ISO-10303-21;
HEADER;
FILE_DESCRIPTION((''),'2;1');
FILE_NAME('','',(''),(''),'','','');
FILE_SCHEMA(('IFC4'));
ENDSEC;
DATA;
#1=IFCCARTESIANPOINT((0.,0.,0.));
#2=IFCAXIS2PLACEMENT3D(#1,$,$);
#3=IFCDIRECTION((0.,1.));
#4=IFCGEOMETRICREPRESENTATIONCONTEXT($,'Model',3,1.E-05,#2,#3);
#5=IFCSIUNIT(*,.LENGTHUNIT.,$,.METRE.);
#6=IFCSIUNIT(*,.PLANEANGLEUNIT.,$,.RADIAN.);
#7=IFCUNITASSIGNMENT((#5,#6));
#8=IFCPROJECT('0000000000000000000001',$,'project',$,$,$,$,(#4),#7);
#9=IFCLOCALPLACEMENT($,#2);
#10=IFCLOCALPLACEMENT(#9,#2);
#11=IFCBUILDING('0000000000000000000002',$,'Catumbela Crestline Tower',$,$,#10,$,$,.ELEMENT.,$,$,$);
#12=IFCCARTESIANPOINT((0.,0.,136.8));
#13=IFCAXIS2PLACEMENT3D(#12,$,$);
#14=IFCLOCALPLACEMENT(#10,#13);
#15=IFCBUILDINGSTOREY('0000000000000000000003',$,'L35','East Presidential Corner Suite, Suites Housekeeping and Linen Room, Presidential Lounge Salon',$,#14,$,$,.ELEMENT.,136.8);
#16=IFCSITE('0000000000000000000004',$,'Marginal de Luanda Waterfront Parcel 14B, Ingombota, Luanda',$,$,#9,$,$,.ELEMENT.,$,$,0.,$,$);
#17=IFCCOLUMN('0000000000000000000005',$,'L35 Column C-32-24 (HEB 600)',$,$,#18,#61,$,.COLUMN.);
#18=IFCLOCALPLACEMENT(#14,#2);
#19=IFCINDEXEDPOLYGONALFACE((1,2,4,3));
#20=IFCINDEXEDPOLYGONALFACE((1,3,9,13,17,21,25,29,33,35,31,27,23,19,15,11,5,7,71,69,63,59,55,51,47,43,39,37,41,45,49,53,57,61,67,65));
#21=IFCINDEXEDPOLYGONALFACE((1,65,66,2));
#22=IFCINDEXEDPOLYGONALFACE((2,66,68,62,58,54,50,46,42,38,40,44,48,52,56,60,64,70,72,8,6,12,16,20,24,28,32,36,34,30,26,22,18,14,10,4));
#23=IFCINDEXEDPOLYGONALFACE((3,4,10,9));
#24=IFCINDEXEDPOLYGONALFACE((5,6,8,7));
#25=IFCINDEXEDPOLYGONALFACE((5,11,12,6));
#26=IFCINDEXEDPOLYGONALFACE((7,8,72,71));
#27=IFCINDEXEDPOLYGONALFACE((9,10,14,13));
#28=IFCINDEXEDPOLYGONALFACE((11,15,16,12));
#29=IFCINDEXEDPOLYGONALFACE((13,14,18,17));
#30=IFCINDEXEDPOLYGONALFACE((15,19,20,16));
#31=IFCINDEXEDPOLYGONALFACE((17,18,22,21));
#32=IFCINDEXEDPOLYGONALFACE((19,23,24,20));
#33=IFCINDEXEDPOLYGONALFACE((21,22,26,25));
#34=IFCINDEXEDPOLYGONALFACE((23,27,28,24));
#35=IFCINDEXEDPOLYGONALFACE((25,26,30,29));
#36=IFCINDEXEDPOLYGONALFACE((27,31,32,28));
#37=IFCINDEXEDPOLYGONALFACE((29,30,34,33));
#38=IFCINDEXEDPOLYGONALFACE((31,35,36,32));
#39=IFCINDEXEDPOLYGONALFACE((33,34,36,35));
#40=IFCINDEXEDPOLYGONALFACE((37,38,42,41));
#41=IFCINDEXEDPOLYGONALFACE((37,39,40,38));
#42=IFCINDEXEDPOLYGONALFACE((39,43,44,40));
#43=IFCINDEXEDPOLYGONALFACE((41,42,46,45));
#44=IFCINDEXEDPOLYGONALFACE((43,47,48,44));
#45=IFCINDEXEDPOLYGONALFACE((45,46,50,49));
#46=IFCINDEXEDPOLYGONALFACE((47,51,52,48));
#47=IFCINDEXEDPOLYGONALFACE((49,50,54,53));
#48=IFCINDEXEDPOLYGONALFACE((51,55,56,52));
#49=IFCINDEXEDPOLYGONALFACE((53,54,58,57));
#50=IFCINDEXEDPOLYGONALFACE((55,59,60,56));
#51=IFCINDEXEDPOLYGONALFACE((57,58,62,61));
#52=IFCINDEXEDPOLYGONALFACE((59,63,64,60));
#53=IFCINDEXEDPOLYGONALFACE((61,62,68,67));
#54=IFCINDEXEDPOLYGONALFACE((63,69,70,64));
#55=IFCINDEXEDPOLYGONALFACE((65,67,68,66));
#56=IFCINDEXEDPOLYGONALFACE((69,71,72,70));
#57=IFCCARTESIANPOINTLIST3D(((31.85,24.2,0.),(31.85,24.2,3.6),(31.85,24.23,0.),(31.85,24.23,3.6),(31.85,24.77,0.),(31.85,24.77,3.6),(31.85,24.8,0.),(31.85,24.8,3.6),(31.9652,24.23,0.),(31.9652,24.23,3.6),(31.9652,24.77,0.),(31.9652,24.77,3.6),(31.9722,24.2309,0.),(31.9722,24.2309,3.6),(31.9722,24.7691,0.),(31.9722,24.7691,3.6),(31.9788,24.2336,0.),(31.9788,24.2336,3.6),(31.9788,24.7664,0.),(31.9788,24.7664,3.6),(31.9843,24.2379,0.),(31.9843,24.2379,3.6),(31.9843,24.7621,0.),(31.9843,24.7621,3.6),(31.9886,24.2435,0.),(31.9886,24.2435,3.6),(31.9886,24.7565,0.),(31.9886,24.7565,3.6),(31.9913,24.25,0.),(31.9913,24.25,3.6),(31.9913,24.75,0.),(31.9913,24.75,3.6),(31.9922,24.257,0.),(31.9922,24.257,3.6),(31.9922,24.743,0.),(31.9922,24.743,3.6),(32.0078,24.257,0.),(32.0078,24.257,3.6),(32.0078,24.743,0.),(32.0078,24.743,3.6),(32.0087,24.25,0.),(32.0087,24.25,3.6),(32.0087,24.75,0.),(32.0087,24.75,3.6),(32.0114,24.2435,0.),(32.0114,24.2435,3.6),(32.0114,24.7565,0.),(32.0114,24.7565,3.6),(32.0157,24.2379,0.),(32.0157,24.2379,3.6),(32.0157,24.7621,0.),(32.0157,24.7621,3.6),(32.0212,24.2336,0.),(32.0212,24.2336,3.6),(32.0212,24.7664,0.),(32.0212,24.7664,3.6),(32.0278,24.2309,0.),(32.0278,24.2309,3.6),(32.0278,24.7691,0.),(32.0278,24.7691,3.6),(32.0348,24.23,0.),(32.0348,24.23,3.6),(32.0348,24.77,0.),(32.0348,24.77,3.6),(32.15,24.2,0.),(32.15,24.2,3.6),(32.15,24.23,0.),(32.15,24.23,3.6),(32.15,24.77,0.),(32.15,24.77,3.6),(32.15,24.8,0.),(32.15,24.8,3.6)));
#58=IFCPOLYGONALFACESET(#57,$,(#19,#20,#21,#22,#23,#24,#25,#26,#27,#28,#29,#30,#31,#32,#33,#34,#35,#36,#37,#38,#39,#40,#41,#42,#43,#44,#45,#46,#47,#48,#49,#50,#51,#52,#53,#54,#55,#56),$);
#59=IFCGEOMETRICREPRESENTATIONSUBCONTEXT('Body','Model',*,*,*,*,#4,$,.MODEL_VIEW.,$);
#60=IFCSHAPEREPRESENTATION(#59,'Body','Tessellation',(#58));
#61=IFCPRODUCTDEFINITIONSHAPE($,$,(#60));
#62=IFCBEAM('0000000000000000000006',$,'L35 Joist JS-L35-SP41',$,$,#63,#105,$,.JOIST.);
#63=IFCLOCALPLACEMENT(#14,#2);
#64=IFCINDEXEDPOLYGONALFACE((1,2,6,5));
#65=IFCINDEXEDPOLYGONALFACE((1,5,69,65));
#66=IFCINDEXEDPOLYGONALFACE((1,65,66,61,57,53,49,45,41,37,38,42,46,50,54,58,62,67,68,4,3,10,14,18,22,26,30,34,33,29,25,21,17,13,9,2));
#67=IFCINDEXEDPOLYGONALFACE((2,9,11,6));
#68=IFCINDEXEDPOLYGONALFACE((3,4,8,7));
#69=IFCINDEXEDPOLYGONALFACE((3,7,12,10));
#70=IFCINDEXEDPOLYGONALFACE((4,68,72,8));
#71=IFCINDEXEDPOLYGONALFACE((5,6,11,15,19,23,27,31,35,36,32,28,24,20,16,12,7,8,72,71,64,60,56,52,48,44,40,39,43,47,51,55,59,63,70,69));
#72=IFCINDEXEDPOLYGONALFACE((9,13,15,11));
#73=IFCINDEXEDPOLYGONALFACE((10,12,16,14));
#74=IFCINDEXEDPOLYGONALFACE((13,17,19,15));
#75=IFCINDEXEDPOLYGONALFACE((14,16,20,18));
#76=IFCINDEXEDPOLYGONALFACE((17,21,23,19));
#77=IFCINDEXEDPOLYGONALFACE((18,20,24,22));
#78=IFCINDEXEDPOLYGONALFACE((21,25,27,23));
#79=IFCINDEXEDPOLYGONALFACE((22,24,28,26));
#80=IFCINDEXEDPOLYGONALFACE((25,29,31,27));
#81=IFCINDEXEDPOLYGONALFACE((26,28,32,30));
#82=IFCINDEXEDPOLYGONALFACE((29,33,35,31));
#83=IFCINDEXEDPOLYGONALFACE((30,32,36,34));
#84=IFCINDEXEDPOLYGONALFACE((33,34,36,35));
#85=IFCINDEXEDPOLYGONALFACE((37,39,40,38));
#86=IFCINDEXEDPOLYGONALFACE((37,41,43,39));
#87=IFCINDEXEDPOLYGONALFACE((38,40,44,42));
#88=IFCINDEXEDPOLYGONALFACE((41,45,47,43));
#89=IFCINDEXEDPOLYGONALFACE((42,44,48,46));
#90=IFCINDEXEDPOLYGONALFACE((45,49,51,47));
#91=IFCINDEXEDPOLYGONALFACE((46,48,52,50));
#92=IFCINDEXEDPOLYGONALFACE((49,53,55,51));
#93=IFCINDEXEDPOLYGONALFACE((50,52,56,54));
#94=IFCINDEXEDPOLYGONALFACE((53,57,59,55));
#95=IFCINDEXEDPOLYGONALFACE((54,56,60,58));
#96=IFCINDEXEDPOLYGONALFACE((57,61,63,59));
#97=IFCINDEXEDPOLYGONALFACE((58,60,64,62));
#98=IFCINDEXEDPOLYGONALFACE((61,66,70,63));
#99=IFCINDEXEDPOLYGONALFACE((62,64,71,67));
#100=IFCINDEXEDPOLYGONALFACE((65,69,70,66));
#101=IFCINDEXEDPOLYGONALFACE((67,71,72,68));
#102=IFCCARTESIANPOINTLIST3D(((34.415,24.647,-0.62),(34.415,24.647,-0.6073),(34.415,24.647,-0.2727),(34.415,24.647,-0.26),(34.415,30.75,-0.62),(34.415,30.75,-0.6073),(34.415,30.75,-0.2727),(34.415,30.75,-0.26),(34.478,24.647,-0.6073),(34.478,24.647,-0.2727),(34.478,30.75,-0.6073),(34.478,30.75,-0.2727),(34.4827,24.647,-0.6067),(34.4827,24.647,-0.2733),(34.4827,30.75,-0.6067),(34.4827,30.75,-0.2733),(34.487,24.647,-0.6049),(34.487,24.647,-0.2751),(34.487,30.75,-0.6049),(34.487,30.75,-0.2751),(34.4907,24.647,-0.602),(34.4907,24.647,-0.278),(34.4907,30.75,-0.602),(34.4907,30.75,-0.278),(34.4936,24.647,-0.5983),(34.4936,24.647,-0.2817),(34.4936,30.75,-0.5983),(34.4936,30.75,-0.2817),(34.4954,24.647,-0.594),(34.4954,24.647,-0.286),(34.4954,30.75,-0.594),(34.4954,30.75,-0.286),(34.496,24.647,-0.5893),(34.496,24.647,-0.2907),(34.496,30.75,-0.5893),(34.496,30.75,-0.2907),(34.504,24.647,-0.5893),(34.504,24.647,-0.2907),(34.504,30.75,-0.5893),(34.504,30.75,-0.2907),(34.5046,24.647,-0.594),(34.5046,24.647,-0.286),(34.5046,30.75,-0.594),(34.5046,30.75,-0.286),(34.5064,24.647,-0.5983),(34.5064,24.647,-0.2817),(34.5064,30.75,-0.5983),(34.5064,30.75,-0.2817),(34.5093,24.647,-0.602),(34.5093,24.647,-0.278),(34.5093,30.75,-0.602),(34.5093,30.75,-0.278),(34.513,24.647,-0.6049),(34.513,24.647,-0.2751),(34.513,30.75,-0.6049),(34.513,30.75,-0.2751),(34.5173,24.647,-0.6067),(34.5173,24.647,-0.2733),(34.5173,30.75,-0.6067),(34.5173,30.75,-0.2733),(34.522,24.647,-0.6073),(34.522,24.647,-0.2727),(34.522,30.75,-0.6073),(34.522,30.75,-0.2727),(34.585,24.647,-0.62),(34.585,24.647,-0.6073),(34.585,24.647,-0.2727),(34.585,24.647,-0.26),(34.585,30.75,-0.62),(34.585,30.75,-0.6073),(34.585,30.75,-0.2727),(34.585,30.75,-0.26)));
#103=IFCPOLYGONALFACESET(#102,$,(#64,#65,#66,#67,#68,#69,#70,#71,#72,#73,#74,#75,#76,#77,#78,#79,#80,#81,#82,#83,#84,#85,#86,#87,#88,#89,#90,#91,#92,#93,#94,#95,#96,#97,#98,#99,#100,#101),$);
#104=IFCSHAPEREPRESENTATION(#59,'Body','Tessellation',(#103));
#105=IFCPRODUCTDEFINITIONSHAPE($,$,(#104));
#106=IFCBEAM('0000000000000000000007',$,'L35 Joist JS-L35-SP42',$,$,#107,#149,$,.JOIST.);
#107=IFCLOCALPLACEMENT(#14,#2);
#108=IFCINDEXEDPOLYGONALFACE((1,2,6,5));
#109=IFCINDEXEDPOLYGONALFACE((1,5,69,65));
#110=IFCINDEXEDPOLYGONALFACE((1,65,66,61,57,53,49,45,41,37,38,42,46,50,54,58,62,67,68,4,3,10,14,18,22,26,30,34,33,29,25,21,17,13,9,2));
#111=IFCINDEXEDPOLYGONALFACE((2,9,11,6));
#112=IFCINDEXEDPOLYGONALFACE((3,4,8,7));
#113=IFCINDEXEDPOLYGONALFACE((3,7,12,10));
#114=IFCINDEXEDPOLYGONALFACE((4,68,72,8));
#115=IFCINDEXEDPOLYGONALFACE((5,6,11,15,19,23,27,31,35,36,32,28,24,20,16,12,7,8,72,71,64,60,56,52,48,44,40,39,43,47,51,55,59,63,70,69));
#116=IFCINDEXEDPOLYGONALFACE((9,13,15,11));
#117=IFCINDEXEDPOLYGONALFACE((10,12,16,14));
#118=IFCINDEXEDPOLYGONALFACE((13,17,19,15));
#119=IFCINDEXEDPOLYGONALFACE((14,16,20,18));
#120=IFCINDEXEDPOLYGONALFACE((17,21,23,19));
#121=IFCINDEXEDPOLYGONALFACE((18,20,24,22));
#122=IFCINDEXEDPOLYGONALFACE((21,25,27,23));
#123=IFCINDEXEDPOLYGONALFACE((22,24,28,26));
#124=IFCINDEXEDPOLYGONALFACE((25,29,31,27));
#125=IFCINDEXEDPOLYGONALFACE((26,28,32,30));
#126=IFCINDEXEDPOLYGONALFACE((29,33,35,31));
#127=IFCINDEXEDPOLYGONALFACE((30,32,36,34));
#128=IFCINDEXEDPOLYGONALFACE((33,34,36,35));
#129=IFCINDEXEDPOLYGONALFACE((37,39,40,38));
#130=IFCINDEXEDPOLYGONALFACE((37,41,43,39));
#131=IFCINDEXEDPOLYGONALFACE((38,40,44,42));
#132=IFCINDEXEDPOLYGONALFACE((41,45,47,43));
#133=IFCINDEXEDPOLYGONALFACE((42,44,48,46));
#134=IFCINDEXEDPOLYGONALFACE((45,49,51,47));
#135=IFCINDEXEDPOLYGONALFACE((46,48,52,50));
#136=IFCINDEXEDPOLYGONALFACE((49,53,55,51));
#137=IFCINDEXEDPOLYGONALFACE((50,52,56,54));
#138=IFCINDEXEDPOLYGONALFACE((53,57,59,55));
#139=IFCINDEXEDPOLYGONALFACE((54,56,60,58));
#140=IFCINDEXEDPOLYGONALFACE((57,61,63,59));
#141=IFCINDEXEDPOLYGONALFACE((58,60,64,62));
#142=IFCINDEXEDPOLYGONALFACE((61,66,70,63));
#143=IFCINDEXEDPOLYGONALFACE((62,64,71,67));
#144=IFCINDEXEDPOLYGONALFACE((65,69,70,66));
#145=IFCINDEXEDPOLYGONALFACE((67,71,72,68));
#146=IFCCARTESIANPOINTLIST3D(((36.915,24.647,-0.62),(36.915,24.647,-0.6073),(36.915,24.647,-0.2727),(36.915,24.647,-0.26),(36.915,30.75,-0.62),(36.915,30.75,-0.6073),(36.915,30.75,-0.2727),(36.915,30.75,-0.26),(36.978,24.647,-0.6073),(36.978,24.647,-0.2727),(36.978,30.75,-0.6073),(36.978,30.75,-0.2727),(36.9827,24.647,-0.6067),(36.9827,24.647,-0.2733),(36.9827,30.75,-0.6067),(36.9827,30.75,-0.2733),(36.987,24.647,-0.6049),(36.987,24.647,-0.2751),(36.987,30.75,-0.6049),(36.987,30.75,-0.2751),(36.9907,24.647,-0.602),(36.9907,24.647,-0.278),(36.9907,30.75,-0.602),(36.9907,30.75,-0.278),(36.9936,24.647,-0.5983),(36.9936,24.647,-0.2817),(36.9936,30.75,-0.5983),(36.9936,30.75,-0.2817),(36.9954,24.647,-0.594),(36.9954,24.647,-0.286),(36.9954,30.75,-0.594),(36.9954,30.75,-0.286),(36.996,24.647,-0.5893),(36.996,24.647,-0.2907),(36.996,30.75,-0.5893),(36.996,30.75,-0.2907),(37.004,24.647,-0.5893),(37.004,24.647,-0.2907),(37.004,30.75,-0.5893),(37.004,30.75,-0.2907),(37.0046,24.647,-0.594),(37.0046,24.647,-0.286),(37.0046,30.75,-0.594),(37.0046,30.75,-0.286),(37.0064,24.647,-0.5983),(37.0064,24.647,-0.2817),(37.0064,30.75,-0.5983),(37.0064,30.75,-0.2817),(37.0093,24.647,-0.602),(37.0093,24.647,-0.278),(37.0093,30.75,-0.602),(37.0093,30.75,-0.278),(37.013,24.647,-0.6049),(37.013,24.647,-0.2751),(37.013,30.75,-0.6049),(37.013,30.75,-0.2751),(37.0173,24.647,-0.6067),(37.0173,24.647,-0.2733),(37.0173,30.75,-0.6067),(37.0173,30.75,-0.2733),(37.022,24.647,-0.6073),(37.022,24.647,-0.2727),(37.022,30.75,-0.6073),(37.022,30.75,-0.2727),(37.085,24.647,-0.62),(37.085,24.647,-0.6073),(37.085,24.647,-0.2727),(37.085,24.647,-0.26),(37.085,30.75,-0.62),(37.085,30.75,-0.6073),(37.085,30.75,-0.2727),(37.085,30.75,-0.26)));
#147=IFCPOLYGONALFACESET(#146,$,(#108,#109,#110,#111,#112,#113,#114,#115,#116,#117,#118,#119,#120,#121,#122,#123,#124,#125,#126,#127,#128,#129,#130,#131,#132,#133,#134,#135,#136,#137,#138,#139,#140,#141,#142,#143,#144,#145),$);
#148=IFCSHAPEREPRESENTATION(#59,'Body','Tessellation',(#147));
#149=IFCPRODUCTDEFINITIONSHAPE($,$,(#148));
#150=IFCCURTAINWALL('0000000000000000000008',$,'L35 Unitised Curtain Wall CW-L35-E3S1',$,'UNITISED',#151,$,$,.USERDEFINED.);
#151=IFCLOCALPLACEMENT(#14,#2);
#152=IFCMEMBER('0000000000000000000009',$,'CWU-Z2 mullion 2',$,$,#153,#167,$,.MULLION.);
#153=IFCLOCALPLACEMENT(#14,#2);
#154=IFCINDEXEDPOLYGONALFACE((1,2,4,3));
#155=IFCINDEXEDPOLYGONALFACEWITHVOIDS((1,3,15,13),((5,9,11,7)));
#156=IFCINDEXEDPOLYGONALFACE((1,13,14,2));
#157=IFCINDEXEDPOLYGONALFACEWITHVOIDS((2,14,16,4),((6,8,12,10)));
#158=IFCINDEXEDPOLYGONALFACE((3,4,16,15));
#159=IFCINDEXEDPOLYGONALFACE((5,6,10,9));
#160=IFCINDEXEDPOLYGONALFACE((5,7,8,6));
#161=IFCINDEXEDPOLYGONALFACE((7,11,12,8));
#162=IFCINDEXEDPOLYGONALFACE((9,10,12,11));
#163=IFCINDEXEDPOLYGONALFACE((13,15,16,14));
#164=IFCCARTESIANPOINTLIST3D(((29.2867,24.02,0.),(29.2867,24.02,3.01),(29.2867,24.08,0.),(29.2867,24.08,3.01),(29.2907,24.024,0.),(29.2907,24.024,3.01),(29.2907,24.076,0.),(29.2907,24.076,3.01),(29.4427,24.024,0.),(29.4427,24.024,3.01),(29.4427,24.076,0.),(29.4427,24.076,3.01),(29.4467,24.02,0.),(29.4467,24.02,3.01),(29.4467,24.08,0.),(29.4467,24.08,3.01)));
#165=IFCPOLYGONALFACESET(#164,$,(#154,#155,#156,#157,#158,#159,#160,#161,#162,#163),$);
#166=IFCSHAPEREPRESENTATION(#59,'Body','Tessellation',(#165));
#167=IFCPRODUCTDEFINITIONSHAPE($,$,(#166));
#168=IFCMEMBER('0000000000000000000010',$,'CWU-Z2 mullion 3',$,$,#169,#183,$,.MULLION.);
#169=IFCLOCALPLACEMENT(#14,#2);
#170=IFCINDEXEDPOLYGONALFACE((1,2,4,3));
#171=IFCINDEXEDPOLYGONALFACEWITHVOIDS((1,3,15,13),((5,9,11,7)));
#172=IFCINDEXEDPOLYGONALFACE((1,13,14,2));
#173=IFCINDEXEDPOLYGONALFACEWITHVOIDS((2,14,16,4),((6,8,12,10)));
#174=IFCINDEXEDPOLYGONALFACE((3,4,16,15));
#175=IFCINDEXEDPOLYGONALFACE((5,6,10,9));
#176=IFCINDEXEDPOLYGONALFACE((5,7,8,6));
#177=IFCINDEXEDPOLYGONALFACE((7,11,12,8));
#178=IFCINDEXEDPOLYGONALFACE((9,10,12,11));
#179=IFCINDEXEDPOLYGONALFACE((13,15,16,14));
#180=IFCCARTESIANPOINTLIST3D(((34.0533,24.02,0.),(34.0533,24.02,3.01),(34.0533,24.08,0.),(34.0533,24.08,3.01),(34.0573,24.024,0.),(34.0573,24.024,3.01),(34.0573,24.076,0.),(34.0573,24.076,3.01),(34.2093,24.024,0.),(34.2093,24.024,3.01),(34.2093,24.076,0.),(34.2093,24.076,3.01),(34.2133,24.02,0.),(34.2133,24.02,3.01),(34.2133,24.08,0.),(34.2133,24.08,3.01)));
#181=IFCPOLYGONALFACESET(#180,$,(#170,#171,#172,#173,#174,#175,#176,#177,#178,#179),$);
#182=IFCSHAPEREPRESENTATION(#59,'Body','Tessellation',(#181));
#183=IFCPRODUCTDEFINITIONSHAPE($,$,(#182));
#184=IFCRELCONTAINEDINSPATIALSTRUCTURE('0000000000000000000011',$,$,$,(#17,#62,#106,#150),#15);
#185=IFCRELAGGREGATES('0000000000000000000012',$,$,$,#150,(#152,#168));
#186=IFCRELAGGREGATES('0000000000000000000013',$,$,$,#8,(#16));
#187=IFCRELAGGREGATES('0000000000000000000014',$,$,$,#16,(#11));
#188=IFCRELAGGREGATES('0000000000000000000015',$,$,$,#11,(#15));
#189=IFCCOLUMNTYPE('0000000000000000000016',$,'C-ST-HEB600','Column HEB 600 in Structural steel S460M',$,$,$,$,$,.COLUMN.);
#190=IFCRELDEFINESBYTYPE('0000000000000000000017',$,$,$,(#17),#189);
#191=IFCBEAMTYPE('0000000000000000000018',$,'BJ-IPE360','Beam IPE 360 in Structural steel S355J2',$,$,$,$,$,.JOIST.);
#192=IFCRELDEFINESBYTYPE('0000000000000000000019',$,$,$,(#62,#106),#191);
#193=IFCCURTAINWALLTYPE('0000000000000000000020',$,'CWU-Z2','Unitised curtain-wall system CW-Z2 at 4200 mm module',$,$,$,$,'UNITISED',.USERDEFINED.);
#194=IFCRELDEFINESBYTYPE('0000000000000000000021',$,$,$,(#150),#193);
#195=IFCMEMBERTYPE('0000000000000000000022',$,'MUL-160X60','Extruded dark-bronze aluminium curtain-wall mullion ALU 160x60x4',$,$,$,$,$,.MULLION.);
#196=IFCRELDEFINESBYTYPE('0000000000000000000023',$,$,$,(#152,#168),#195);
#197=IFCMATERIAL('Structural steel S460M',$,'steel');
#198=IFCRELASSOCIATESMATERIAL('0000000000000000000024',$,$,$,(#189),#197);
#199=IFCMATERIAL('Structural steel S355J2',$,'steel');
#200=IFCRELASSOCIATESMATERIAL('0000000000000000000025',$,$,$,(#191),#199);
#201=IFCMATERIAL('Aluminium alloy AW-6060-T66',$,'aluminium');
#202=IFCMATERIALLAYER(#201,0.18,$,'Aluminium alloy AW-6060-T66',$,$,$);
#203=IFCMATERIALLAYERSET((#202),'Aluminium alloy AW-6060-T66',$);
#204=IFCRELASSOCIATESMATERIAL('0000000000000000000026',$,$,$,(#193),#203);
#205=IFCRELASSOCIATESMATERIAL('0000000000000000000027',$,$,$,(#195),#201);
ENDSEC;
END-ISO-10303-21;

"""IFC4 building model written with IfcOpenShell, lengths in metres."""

from ifc_helpers import new_model, si_unit, direction, frame, origin, origin_2d, place, context, subcontext, project, spatial, hollow_rectangle, i_section, extrude, material, layer, layer_set, material_profile, profile_set, type_object, element, aggregate, save


model = new_model("IFC4")

# Units and contexts
model_context = context("Model", 3, precision=1e-05, world=origin(), true_north=direction((0.0, 1.0)))
body_context = subcontext(model_context, "Body", "Model", "MODEL_VIEW")
ifc_project = project(units=[si_unit("LENGTHUNIT", "METRE"), si_unit("PLANEANGLEUNIT", "RADIAN")], contexts=[model_context])

# Site, building, storey
site_placement = place(None, origin())
site = spatial("IfcSite", under=ifc_project, at=site_placement, Name="Marginal de Luanda Waterfront Parcel 14B, Ingombota, Luanda", CompositionType="ELEMENT", RefElevation=0.0)
building_placement = place(site_placement, origin())
building = spatial("IfcBuilding", under=site, at=building_placement, Name="Catumbela Crestline Tower", CompositionType="ELEMENT")
storey_placement = place(building_placement, frame((0.0, 0.0, 136.8)))
storey = spatial("IfcBuildingStorey", under=building, at=storey_placement, Name="L35", Description="East Presidential Corner Suite, Suites Housekeeping and Linen Room, Presidential Lounge Salon", CompositionType="ELEMENT", Elevation=136.8)

# Column
ifc_material_1 = material(Name="Structural steel S460M", Category="steel")
ifc_material_profile_1 = material_profile(ifc_material_1, i_section(OverallWidth=0.3, OverallDepth=0.6, WebThickness=0.0155, FlangeThickness=0.03, FilletRadius=0.027, at=origin_2d()), Name="HEB 600")
ifc_profile_set_1 = profile_set([ifc_material_profile_1], Name="Structural steel S460M")
column_type = type_object("IfcColumnType", Name="C-ST-HEB600", Description="Column HEB 600 in Structural steel S460M", PredefinedType="COLUMN", material=ifc_profile_set_1)
column_placement = place(storey_placement, frame((32.0, 24.5, 0.0), z_axis=(0.0, 0.0, 1.0), x_axis=(1.0, 0.0, 0.0)))
element("IfcColumn", 1, at=column_placement, inside=storey, type_object=column_type, Name="L35 Column C-32-24 (HEB 600)", PredefinedType="COLUMN", context=body_context, shape_type="SweptSolid", body=[
    extrude(i_section(OverallWidth=0.3, OverallDepth=0.6, WebThickness=0.0155, FlangeThickness=0.03, FilletRadius=0.027, at=origin_2d()), origin(), (0.0, 0.0, 1.0), 3.6),
])

# Beams
ifc_material_2 = material(Name="Structural steel S355J2", Category="steel")
ifc_material_profile_2 = material_profile(ifc_material_2, i_section(OverallWidth=0.17, OverallDepth=0.36, WebThickness=0.008, FlangeThickness=0.0127, FilletRadius=0.018, at=origin_2d()), Name="IPE 360")
ifc_profile_set_2 = profile_set([ifc_material_profile_2], Name="Structural steel S355J2")
beam_type_1 = type_object("IfcBeamType", Name="BJ-IPE360", Description="Beam IPE 360 in Structural steel S355J2", PredefinedType="JOIST", material=ifc_profile_set_2)
for number, where, z_axis, x_axis, name in (
    (2, (34.5, 24.647, -0.44), (0.0, 1.0, 0.0), (-1.0, 0.0, 0.0), "L35 Joist JS-L35-SP41"),
    (3, (37.0, 24.647, -0.44), (0.0, 1.0, 0.0), (-1.0, 0.0, 0.0), "L35 Joist JS-L35-SP42"),
):
    element("IfcBeam", number, at=place(storey_placement, frame(where, z_axis=z_axis, x_axis=x_axis)), inside=storey, type_object=beam_type_1, Name=name, PredefinedType="JOIST", context=body_context, shape_type="SweptSolid", body=[
        extrude(i_section(OverallWidth=0.17, OverallDepth=0.36, WebThickness=0.008, FlangeThickness=0.0127, FilletRadius=0.018, at=origin_2d()), origin(), (0.0, 0.0, 1.0), 6.103),
    ])

# Curtain wall, members
ifc_material_3 = material(Name="Aluminium alloy AW-6060-T66", Category="aluminium")
ifc_layer_1 = layer(ifc_material_3, 0.18, Name="Aluminium alloy AW-6060-T66")
ifc_layer_set_1 = layer_set([ifc_layer_1], Name="Aluminium alloy AW-6060-T66")
curtain_wall_type = type_object("IfcCurtainWallType", Name="CWU-Z2", Description="Unitised curtain-wall system CW-Z2 at 4200 mm module", ElementType="UNITISED", PredefinedType="USERDEFINED", material=ifc_layer_set_1)
curtain_wall_placement = place(storey_placement, origin())
curtain_wall = element("IfcCurtainWall", 4, at=curtain_wall_placement, inside=storey, type_object=curtain_wall_type, Name="L35 Unitised Curtain Wall CW-L35-E3S1", ObjectType="UNITISED", PredefinedType="USERDEFINED")
ifc_material_profile_3 = material_profile(ifc_material_3, hollow_rectangle(XDim=0.06, YDim=0.16, WallThickness=0.004, at=origin_2d()), Name="ALU 160x60x4")
ifc_profile_set_3 = profile_set([ifc_material_profile_3], Name="Aluminium alloy AW-6060-T66")
member_type_1 = type_object("IfcMemberType", Name="MUL-160X60", Description="Extruded dark-bronze aluminium curtain-wall mullion ALU 160x60x4", PredefinedType="MULLION", material=ifc_profile_set_3)
member_1_placement = place(storey_placement, frame((29.3667, 24.05, 0.0), z_axis=(0.0, 0.0, 1.0), x_axis=(0.0, 1.0, 0.0)))
member_1 = element("IfcMember", 5, at=member_1_placement, type_object=member_type_1, Name="CWU-Z2 mullion 2", PredefinedType="MULLION", context=body_context, shape_type="SweptSolid", body=[
    extrude(hollow_rectangle(XDim=0.06, YDim=0.16, WallThickness=0.004, at=origin_2d()), origin(), (0.0, 0.0, 1.0), 3.01),
])
member_2_placement = place(storey_placement, frame((34.1333, 24.05, 0.0), z_axis=(0.0, 0.0, 1.0), x_axis=(0.0, 1.0, 0.0)))
member_2 = element("IfcMember", 6, at=member_2_placement, type_object=member_type_1, Name="CWU-Z2 mullion 3", PredefinedType="MULLION", context=body_context, shape_type="SweptSolid", body=[
    extrude(hollow_rectangle(XDim=0.06, YDim=0.16, WallThickness=0.004, at=origin_2d()), origin(), (0.0, 0.0, 1.0), 3.01),
])

aggregate(curtain_wall, [member_1, member_2])

save(model, "model.ifc")
